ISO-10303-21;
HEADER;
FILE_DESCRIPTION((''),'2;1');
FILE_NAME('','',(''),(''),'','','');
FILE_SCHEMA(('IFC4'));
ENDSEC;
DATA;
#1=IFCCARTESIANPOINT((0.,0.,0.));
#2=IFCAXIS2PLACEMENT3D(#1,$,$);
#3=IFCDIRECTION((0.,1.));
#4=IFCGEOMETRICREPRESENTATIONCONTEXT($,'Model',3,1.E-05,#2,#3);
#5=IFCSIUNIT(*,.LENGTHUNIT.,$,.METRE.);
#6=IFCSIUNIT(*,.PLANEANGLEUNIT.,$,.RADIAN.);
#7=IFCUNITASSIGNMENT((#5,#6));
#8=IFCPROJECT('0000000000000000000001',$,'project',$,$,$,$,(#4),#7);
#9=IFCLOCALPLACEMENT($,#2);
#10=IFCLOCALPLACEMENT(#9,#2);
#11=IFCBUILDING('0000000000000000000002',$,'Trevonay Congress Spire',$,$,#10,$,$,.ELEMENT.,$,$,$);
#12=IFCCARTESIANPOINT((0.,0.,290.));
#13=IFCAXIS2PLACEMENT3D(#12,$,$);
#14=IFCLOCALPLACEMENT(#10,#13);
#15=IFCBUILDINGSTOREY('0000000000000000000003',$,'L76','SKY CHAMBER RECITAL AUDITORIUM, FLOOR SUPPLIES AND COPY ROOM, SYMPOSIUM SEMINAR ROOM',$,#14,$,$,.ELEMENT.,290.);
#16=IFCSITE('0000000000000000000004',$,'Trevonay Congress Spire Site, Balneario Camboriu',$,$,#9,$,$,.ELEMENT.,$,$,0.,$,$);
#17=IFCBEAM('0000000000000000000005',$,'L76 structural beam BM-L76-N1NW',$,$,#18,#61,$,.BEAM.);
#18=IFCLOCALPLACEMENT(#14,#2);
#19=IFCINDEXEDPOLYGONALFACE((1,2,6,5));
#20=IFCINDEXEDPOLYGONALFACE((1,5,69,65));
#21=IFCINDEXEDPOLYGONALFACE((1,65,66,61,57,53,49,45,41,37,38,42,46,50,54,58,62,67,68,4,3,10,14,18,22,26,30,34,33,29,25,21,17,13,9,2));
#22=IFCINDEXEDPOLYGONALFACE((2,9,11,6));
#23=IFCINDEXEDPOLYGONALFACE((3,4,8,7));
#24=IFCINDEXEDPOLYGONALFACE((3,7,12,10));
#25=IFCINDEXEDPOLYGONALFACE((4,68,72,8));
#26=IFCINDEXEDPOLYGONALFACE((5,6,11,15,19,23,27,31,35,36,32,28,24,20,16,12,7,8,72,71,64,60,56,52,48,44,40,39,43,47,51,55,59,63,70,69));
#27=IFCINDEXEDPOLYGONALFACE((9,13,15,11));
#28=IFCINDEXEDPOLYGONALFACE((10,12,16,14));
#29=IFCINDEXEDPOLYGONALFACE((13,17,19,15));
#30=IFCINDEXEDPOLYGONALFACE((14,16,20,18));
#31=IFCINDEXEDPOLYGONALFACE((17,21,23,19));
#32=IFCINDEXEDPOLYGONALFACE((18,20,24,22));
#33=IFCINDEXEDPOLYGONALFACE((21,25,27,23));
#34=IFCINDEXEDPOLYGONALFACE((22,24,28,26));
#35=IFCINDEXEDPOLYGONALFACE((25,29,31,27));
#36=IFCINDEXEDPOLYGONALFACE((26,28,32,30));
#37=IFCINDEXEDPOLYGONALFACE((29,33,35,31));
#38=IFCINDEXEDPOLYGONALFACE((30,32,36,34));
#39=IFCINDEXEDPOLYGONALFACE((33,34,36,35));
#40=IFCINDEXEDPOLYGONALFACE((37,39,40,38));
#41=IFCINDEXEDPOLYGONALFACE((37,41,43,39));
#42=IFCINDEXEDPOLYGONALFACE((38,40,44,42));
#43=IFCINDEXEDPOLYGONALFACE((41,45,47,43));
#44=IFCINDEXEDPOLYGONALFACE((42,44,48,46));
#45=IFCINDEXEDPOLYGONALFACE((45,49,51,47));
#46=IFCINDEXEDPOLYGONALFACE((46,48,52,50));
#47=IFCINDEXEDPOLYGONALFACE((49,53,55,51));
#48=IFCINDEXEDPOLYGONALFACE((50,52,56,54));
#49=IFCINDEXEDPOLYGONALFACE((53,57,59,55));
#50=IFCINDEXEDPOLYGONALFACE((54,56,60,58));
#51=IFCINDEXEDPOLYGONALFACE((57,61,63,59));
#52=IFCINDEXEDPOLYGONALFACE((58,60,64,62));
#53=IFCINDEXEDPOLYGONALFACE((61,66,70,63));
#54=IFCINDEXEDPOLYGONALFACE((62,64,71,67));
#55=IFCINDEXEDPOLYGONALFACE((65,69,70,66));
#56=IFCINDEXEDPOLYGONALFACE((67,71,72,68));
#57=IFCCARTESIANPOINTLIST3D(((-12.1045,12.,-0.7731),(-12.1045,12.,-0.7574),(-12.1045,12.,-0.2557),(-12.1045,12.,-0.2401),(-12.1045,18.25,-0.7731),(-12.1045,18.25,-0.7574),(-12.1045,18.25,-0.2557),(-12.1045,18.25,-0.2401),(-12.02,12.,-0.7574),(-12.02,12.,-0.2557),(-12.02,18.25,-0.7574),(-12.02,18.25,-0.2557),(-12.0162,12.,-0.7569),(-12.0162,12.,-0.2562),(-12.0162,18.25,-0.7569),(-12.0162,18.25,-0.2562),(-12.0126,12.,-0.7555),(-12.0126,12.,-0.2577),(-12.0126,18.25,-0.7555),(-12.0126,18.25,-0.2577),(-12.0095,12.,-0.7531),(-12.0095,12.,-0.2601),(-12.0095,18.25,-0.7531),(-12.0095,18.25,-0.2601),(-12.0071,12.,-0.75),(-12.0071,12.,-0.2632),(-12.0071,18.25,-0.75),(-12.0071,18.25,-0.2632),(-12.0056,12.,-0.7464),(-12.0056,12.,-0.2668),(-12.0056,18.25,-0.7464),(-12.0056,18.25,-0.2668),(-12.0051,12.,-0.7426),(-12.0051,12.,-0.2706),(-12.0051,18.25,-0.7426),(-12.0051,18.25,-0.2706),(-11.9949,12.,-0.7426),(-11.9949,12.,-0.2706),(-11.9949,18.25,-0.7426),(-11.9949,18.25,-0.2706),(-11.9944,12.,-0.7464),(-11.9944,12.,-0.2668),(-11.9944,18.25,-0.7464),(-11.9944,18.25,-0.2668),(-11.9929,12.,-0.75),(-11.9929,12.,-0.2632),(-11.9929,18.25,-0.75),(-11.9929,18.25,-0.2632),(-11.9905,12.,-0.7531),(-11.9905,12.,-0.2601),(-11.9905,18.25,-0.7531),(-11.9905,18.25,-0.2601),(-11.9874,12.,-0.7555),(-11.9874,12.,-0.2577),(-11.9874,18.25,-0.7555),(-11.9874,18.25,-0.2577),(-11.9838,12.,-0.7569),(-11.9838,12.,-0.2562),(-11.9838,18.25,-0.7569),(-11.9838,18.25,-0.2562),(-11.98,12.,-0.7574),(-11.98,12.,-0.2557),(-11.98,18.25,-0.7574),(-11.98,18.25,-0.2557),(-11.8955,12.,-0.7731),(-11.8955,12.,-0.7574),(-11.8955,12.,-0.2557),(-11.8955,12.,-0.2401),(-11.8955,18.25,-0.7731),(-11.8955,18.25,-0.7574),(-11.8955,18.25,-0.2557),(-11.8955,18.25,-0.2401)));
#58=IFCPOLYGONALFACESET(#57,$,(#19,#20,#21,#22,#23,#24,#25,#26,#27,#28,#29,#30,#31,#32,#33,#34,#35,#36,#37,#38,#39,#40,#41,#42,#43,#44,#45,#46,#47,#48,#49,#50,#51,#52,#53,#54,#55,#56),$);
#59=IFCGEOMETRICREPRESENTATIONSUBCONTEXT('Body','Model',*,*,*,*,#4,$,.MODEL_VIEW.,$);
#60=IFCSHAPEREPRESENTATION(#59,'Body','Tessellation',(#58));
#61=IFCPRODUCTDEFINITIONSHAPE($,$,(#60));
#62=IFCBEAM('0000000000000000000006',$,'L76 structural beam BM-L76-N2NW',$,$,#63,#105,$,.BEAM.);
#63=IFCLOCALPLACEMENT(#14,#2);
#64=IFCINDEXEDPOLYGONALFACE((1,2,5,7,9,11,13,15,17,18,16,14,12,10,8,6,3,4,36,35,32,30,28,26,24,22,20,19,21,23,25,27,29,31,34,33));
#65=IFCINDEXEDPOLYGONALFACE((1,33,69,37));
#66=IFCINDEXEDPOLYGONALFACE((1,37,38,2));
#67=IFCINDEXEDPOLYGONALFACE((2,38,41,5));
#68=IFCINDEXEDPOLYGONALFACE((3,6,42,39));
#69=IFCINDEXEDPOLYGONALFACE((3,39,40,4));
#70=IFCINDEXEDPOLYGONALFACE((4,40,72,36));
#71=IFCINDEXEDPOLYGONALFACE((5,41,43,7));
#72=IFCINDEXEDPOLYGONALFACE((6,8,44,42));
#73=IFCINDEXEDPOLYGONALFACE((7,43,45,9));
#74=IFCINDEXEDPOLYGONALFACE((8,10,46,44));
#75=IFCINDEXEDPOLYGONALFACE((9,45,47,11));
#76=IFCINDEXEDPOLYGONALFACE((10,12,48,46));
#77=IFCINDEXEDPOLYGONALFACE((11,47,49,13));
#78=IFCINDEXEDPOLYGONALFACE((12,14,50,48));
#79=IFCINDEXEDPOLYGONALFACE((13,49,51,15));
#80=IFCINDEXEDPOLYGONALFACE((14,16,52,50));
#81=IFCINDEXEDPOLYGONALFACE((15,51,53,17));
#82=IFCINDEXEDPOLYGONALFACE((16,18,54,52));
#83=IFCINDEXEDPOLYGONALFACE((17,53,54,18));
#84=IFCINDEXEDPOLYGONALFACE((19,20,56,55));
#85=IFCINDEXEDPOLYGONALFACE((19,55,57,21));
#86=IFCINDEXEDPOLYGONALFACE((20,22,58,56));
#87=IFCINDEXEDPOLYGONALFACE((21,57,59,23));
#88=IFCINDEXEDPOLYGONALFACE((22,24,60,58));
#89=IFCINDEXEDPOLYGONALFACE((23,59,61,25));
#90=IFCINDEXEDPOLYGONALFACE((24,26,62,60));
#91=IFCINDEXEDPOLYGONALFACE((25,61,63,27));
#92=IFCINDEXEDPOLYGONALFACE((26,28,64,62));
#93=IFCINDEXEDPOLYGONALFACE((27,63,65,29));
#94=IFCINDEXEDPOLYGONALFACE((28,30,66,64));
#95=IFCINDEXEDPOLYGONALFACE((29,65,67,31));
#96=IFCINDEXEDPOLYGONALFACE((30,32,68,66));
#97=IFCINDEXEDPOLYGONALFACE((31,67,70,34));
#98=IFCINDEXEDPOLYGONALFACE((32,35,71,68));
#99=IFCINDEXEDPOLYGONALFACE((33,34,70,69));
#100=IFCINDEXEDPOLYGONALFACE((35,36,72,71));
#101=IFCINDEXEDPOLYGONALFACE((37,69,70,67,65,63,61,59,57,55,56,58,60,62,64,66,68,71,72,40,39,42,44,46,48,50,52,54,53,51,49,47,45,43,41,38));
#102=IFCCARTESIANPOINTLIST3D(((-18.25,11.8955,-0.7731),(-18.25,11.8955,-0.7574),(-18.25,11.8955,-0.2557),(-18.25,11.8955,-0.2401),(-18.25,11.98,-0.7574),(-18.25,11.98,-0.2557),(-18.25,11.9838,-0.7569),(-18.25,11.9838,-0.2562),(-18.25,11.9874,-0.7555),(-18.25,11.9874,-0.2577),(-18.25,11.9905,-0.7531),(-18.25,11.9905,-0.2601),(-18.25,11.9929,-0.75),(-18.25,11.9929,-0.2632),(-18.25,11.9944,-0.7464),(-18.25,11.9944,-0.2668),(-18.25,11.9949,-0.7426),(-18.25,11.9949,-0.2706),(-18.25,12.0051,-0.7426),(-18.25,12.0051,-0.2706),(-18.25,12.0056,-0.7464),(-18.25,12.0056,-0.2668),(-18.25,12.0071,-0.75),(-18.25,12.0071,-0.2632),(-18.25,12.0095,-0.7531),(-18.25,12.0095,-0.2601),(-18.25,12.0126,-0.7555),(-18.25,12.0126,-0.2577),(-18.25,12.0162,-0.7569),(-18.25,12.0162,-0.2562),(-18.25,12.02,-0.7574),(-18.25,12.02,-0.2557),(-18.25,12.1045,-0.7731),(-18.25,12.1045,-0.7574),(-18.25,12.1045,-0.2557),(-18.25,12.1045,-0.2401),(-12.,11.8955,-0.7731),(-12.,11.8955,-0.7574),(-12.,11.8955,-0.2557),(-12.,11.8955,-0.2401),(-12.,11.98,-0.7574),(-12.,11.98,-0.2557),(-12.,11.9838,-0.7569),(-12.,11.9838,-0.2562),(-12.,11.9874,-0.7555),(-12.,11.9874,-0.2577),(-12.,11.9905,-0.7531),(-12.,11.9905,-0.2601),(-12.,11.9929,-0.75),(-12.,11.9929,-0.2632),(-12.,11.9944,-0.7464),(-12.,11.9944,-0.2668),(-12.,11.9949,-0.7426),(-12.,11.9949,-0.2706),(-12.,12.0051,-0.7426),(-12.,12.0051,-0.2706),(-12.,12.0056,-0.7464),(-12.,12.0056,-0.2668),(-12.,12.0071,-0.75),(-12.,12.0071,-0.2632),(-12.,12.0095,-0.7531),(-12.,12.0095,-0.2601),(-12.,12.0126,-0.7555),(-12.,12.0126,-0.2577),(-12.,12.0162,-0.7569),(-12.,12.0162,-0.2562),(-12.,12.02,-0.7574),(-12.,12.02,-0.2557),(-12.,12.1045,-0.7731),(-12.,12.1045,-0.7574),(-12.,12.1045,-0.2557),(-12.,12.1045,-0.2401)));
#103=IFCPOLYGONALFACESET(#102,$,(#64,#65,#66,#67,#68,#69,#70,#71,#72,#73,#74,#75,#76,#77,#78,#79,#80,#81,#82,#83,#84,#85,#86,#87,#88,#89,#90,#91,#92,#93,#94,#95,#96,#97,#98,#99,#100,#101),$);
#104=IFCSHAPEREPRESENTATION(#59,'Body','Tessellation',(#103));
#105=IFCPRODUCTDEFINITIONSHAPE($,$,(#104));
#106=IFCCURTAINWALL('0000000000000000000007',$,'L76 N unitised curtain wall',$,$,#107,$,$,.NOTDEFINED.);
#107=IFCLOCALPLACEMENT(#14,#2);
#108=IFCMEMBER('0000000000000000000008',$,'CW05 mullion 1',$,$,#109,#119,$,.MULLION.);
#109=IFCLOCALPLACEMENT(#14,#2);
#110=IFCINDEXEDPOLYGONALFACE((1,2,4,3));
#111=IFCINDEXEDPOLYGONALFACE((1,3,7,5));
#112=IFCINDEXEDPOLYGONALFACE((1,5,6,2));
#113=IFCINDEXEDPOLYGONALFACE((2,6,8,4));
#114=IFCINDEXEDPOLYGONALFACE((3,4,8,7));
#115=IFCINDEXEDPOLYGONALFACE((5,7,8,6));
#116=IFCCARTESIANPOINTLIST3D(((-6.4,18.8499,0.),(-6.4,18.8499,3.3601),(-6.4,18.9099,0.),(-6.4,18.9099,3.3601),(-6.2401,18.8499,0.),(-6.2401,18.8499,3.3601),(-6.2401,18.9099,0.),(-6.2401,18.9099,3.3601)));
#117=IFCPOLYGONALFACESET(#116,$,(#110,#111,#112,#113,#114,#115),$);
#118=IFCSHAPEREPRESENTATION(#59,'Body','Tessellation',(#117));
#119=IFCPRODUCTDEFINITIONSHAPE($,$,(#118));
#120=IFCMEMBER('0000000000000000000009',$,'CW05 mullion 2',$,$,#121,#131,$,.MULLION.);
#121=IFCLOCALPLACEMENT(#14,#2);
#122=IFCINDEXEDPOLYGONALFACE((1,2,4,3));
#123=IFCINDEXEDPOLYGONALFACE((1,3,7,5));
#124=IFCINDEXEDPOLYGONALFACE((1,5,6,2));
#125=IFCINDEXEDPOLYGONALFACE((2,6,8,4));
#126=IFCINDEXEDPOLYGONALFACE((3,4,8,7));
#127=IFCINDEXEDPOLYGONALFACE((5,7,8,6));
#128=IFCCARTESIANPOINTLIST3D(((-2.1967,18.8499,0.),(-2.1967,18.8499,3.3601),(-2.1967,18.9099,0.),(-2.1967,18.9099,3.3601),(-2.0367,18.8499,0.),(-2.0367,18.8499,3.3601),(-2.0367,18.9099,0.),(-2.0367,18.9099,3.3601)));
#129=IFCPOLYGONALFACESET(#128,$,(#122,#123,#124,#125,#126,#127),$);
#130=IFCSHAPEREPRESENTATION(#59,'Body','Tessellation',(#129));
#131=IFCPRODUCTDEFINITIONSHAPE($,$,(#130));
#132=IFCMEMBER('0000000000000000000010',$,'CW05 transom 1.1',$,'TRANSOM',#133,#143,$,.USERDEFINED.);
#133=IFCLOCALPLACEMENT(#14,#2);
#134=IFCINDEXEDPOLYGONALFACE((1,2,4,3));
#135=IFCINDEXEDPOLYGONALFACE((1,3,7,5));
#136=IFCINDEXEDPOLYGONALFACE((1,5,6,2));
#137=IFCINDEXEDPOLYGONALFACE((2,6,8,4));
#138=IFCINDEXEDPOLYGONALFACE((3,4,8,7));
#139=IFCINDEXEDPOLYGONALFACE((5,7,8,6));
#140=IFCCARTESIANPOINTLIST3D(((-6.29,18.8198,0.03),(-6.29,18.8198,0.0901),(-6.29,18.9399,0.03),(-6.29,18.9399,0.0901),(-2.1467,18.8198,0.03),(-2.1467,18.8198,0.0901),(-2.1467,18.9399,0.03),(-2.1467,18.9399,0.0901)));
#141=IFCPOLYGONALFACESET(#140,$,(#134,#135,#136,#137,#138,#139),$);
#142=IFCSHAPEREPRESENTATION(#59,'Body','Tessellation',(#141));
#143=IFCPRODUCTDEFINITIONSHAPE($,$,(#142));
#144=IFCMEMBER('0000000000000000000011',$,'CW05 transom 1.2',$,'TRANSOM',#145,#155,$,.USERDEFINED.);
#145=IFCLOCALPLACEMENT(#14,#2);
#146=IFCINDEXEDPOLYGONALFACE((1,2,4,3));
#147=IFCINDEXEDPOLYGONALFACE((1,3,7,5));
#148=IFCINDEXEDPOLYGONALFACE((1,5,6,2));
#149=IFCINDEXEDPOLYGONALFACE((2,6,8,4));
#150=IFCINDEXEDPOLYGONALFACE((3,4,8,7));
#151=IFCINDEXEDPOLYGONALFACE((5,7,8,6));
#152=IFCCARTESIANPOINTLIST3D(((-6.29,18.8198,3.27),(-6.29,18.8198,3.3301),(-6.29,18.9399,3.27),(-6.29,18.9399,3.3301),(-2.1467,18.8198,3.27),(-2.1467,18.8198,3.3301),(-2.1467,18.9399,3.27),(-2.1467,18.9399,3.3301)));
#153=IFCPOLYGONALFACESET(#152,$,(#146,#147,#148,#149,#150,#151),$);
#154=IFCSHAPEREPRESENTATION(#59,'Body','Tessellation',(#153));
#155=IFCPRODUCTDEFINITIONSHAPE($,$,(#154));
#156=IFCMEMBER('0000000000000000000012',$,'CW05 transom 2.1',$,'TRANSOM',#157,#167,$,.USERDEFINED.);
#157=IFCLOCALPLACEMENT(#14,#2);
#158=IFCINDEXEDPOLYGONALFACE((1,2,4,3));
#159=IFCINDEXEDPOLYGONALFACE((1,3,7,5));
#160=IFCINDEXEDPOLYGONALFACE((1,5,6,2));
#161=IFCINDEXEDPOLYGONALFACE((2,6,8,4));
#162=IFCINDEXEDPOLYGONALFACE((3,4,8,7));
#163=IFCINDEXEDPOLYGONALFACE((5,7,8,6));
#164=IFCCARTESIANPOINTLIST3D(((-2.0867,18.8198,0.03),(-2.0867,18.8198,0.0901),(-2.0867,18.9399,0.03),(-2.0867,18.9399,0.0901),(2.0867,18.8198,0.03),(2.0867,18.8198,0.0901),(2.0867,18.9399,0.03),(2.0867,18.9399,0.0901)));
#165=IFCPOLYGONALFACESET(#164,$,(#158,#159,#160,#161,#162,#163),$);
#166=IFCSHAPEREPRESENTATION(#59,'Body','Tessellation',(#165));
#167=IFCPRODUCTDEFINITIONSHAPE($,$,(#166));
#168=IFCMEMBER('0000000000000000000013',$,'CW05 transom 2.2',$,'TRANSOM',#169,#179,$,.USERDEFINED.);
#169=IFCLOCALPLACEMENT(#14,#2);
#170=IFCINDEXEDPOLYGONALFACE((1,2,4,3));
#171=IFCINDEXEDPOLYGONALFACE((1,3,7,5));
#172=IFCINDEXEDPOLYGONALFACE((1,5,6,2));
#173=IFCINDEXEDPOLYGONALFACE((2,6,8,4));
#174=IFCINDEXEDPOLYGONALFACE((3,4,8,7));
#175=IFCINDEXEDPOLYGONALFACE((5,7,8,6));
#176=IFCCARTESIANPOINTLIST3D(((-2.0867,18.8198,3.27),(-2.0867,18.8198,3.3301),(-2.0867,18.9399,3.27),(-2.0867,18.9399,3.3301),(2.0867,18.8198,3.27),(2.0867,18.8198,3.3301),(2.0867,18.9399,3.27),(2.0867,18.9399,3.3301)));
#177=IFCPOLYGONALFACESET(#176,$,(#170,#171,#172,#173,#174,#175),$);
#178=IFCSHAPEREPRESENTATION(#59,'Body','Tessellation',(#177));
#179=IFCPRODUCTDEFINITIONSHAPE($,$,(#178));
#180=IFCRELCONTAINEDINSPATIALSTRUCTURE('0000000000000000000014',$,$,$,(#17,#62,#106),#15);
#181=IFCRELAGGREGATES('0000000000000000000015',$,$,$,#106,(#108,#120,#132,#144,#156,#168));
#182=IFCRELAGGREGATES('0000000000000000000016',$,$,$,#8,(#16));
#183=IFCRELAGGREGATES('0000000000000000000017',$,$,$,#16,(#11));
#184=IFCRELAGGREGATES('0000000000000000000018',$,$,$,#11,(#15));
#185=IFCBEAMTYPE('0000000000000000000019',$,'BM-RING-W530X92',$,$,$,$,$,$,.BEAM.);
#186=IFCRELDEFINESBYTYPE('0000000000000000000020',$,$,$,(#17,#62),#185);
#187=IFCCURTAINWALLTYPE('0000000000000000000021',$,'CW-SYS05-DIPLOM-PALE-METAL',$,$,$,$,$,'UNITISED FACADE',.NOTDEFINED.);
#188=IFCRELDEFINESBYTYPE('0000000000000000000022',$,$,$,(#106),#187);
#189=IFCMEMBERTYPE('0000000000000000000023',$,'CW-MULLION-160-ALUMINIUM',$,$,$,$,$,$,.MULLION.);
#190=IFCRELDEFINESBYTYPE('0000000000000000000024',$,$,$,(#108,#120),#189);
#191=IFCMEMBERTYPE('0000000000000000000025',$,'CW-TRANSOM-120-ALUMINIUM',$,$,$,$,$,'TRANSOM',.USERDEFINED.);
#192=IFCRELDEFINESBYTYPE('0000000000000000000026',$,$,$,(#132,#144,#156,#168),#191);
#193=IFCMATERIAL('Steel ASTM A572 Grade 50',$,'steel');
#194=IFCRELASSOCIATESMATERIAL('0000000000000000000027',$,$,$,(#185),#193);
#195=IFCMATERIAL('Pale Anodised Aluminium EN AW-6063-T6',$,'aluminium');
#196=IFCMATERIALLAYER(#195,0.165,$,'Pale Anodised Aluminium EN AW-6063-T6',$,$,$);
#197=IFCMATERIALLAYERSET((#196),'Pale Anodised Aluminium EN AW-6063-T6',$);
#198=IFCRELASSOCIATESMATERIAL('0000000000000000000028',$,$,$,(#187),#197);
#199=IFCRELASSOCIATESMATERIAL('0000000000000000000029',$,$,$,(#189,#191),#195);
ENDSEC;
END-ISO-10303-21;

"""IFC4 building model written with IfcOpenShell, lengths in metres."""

from ifc_helpers import new_model, si_unit, direction, frame, origin, origin_2d, place, context, subcontext, project, spatial, rectangle, i_section, extrude, material, layer, layer_set, material_profile, profile_set, type_object, element, aggregate, save


model = new_model("IFC4")

# Units and contexts
model_context = context("Model", 3, precision=1e-05, world=origin(), true_north=direction((0.0, 1.0)))
body_context = subcontext(model_context, "Body", "Model", "MODEL_VIEW")
ifc_project = project(units=[si_unit("LENGTHUNIT", "METRE"), si_unit("PLANEANGLEUNIT", "RADIAN")], contexts=[model_context])

# Site, building, storey
site_placement = place(None, origin())
site = spatial("IfcSite", under=ifc_project, at=site_placement, Name="Trevonay Congress Spire Site, Balneario Camboriu", CompositionType="ELEMENT", RefElevation=0.0)
building_placement = place(site_placement, origin())
building = spatial("IfcBuilding", under=site, at=building_placement, Name="Trevonay Congress Spire", CompositionType="ELEMENT")
storey_placement = place(building_placement, frame((0.0, 0.0, 290.0)))
storey = spatial("IfcBuildingStorey", under=building, at=storey_placement, Name="L76", Description="SKY CHAMBER RECITAL AUDITORIUM, FLOOR SUPPLIES AND COPY ROOM, SYMPOSIUM SEMINAR ROOM", CompositionType="ELEMENT", Elevation=290.0)

# Shared definitions
ifc_material_1 = material(Name="Steel ASTM A572 Grade 50", Category="steel")

# Beams
ifc_material_profile_1 = material_profile(ifc_material_1, i_section(OverallWidth=0.209, OverallDepth=0.533, WebThickness=0.0103, FlangeThickness=0.0156, FilletRadius=0.0149, at=origin_2d()), Name="W530x92")
ifc_profile_set_1 = profile_set([ifc_material_profile_1], Name="Steel ASTM A572 Grade 50")
beam_type_1 = type_object("IfcBeamType", Name="BM-RING-W530X92", PredefinedType="BEAM", material=ifc_profile_set_1)
for number, where, z_axis, x_axis, name in (
    (1, (-12.0, 18.25, -0.5066), (0.0, -1.0, 0.0), (1.0, 0.0, 0.0), "L76 structural beam BM-L76-N1NW"),
    (2, (-18.25, 12.0, -0.5066), (1.0, 0.0, 0.0), (0.0, 1.0, 0.0), "L76 structural beam BM-L76-N2NW"),
):
    element("IfcBeam", number, at=place(storey_placement, frame(where, z_axis=z_axis, x_axis=x_axis)), inside=storey, type_object=beam_type_1, Name=name, PredefinedType="BEAM", context=body_context, shape_type="SweptSolid", body=[
        extrude(i_section(OverallWidth=0.209, OverallDepth=0.533, WebThickness=0.0103, FlangeThickness=0.0156, FilletRadius=0.0149, at=origin_2d()), origin(), (0.0, 0.0, 1.0), 6.25),
    ])

# Curtain wall, members
ifc_material_2 = material(Name="Pale Anodised Aluminium EN AW-6063-T6", Category="aluminium")
ifc_layer_1 = layer(ifc_material_2, 0.165, Name="Pale Anodised Aluminium EN AW-6063-T6")
ifc_layer_set_1 = layer_set([ifc_layer_1], Name="Pale Anodised Aluminium EN AW-6063-T6")
curtain_wall_type = type_object("IfcCurtainWallType", Name="CW-SYS05-DIPLOM-PALE-METAL", ElementType="UNITISED FACADE", PredefinedType="NOTDEFINED", material=ifc_layer_set_1)
curtain_wall_placement = place(storey_placement, origin())
curtain_wall = element("IfcCurtainWall", 3, at=curtain_wall_placement, inside=storey, type_object=curtain_wall_type, Name="L76 N unitised curtain wall", PredefinedType="NOTDEFINED")
ifc_material_profile_2 = material_profile(ifc_material_2, rectangle(XDim=0.0601, YDim=0.1599, at=origin_2d()), Name="CW-MULLION-160-ALUMINIUM")
ifc_profile_set_2 = profile_set([ifc_material_profile_2], Name="Pale Anodised Aluminium EN AW-6063-T6")
member_type_1 = type_object("IfcMemberType", Name="CW-MULLION-160-ALUMINIUM", PredefinedType="MULLION", material=ifc_profile_set_2)
member_1_placement = place(storey_placement, frame((-6.3201, 18.8799, 0.0), z_axis=(0.0, 0.0, 1.0), x_axis=(0.0, 1.0, 0.0)))
member_1 = element("IfcMember", 4, at=member_1_placement, type_object=member_type_1, Name="CW05 mullion 1", PredefinedType="MULLION", context=body_context, shape_type="SweptSolid", body=[
    extrude(rectangle(XDim=0.0601, YDim=0.1599, at=origin_2d()), origin(), (0.0, 0.0, 1.0), 3.3601),
])
member_2_placement = place(storey_placement, frame((-2.1167, 18.8799, 0.0), z_axis=(0.0, 0.0, 1.0), x_axis=(0.0, 1.0, 0.0)))
member_2 = element("IfcMember", 5, at=member_2_placement, type_object=member_type_1, Name="CW05 mullion 2", PredefinedType="MULLION", context=body_context, shape_type="SweptSolid", body=[
    extrude(rectangle(XDim=0.0601, YDim=0.1599, at=origin_2d()), origin(), (0.0, 0.0, 1.0), 3.3601),
])
ifc_material_profile_3 = material_profile(ifc_material_2, rectangle(XDim=0.1201, YDim=0.0601, at=origin_2d()), Name="CW-TRANSOM-120-ALUMINIUM")
ifc_profile_set_3 = profile_set([ifc_material_profile_3], Name="Pale Anodised Aluminium EN AW-6063-T6")
member_type_2 = type_object("IfcMemberType", Name="CW-TRANSOM-120-ALUMINIUM", ElementType="TRANSOM", PredefinedType="USERDEFINED", material=ifc_profile_set_3)
member_3_placement = place(storey_placement, frame((-6.29, 18.8799, 0.0601), z_axis=(1.0, 0.0, 0.0), x_axis=(0.0, 1.0, 0.0)))
member_3 = element("IfcMember", 6, at=member_3_placement, type_object=member_type_2, Name="CW05 transom 1.1", ObjectType="TRANSOM", PredefinedType="USERDEFINED", context=body_context, shape_type="SweptSolid", body=[
    extrude(rectangle(XDim=0.1201, YDim=0.0601, at=origin_2d()), origin(), (0.0, 0.0, 1.0), 4.1433),
])
member_4_placement = place(storey_placement, frame((-6.29, 18.8799, 3.3), z_axis=(1.0, 0.0, 0.0), x_axis=(0.0, 1.0, 0.0)))
member_4 = element("IfcMember", 7, at=member_4_placement, type_object=member_type_2, Name="CW05 transom 1.2", ObjectType="TRANSOM", PredefinedType="USERDEFINED", context=body_context, shape_type="SweptSolid", body=[
    extrude(rectangle(XDim=0.1201, YDim=0.0601, at=origin_2d()), origin(), (0.0, 0.0, 1.0), 4.1433),
])
member_5_placement = place(storey_placement, frame((-2.0867, 18.8799, 0.0601), z_axis=(1.0, 0.0, 0.0), x_axis=(0.0, 1.0, 0.0)))
member_5 = element("IfcMember", 8, at=member_5_placement, type_object=member_type_2, Name="CW05 transom 2.1", ObjectType="TRANSOM", PredefinedType="USERDEFINED", context=body_context, shape_type="SweptSolid", body=[
    extrude(rectangle(XDim=0.1201, YDim=0.0601, at=origin_2d()), origin(), (0.0, 0.0, 1.0), 4.1733),
])
member_6_placement = place(storey_placement, frame((-2.0867, 18.8799, 3.3), z_axis=(1.0, 0.0, 0.0), x_axis=(0.0, 1.0, 0.0)))
member_6 = element("IfcMember", 9, at=member_6_placement, type_object=member_type_2, Name="CW05 transom 2.2", ObjectType="TRANSOM", PredefinedType="USERDEFINED", context=body_context, shape_type="SweptSolid", body=[
    extrude(rectangle(XDim=0.1201, YDim=0.0601, at=origin_2d()), origin(), (0.0, 0.0, 1.0), 4.1733),
])

aggregate(curtain_wall, [member_1, member_2, member_3, member_4, member_5, member_6])

save(model, "model.ifc")
